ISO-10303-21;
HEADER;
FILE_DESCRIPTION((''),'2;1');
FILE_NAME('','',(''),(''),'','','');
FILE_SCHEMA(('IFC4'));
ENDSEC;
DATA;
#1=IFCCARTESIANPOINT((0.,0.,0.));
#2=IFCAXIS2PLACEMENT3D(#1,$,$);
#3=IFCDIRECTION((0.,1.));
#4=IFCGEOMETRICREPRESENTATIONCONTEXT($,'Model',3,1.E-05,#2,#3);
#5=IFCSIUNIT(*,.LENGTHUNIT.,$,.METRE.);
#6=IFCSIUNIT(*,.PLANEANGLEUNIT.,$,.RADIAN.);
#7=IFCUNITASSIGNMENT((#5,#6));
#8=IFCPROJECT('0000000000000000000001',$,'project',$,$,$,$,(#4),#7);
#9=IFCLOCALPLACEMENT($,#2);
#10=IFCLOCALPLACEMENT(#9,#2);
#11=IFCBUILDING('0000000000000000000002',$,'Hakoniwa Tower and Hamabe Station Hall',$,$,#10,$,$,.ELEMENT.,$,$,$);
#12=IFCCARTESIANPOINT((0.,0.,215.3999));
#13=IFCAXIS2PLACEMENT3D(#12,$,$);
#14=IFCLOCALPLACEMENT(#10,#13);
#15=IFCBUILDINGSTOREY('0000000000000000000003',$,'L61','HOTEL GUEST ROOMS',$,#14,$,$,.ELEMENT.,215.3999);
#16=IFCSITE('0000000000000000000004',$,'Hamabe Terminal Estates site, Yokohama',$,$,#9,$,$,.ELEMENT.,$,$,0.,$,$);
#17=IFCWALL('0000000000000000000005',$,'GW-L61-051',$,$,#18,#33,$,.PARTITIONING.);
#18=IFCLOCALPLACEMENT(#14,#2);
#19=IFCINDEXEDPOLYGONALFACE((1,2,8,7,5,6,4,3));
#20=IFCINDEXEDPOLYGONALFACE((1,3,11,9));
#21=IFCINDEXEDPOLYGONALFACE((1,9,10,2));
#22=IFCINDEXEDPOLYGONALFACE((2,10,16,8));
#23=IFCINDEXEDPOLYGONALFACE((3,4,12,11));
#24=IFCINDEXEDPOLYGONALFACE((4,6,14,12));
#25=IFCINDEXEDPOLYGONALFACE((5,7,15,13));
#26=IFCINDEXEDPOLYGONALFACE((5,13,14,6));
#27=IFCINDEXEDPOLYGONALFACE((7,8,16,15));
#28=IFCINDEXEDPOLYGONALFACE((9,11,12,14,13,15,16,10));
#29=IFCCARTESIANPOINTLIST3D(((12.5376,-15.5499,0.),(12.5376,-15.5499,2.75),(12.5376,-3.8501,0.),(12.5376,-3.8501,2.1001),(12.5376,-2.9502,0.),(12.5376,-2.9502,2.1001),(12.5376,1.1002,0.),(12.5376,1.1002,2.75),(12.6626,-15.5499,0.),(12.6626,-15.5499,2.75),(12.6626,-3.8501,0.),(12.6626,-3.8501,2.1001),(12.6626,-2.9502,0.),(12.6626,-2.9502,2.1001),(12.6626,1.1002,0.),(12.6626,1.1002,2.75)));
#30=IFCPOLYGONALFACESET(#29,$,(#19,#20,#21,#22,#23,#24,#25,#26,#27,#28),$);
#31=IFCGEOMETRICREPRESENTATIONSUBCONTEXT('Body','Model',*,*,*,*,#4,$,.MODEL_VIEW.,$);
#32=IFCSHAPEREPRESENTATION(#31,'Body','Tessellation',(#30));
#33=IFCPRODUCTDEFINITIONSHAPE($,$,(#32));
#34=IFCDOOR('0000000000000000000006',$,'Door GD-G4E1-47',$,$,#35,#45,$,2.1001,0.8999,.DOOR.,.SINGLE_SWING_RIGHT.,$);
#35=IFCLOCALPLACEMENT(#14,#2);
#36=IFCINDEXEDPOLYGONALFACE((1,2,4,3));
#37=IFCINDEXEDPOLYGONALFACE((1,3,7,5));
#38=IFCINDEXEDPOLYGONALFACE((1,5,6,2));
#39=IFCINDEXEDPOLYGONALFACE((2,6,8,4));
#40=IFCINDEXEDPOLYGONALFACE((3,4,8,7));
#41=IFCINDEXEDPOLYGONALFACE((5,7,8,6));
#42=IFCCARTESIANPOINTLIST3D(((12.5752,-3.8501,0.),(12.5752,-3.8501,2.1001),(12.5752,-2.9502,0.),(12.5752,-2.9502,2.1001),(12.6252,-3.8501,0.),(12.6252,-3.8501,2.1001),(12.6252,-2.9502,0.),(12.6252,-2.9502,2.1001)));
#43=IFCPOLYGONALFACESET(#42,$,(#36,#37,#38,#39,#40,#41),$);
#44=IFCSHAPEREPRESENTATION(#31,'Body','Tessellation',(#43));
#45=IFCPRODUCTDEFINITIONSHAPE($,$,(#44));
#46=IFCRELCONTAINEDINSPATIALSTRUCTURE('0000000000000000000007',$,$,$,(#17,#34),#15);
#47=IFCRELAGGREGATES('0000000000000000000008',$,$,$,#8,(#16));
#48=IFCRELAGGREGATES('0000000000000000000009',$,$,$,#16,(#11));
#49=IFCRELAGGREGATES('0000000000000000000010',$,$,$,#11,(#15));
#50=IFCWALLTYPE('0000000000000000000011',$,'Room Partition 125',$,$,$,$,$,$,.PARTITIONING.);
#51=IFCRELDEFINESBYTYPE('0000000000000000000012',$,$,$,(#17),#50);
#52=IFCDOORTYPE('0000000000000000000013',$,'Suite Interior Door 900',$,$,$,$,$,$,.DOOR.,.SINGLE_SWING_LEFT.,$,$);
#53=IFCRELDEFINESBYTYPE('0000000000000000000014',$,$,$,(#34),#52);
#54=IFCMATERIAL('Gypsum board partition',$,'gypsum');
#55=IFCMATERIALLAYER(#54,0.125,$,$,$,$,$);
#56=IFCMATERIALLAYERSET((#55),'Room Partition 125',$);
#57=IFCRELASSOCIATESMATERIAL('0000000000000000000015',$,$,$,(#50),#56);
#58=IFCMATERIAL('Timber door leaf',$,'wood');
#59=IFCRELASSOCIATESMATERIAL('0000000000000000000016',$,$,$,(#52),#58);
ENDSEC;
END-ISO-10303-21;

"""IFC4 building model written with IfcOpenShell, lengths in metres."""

from ifc_helpers import new_model, si_unit, direction, frame, frame_2d, origin, place, context, subcontext, project, spatial, rectangle, extrude, material, layer, layer_set, type_object, element, fill, save


model = new_model("IFC4")

# Units and contexts
model_context = context("Model", 3, precision=1e-05, world=origin(), true_north=direction((0.0, 1.0)))
body_context = subcontext(model_context, "Body", "Model", "MODEL_VIEW")
ifc_project = project(units=[si_unit("LENGTHUNIT", "METRE"), si_unit("PLANEANGLEUNIT", "RADIAN")], contexts=[model_context])

# Site, building, storey
site_placement = place(None, origin())
site = spatial("IfcSite", under=ifc_project, at=site_placement, Name="Hamabe Terminal Estates site, Yokohama", CompositionType="ELEMENT", RefElevation=0.0)
building_placement = place(site_placement, origin())
building = spatial("IfcBuilding", under=site, at=building_placement, Name="Hakoniwa Tower and Hamabe Station Hall", CompositionType="ELEMENT")
storey_placement = place(building_placement, frame((0.0, 0.0, 215.3999)))
storey = spatial("IfcBuildingStorey", under=building, at=storey_placement, Name="L61", Description="HOTEL GUEST ROOMS", CompositionType="ELEMENT", Elevation=215.3999)

# Wall, opening, door
ifc_material_1 = material(Name="Gypsum board partition", Category="gypsum")
ifc_layer_1 = layer(ifc_material_1, 0.125)
ifc_layer_set_1 = layer_set([ifc_layer_1], Name="Room Partition 125")
wall_type_1 = type_object("IfcWallType", Name="Room Partition 125", PredefinedType="PARTITIONING", material=ifc_layer_set_1)
wall_1_placement = place(storey_placement, frame((12.6001, -15.55, 0.0), z_axis=(0.0, 0.0, 1.0), x_axis=(0.0, 1.0, 0.0)))
wall_1 = element("IfcWall", 1, at=wall_1_placement, inside=storey, type_object=wall_type_1, Name="GW-L61-051", PredefinedType="PARTITIONING", context=body_context, shape_type="SweptSolid", body=[
    extrude(rectangle(XDim=16.6501, YDim=0.125, at=frame_2d((8.3252, 0.0))), origin(), (0.0, 0.0, 1.0), 2.75),
])
opening_1_placement = place(wall_1_placement, frame((11.7, 0.0, 0.0)))
opening_1 = element("IfcOpeningElement", 2, at=opening_1_placement, cuts=wall_1, PredefinedType="OPENING", context=body_context, shape_type="SweptSolid", body=[
    extrude(rectangle(XDim=0.8999, YDim=2.1001, at=frame_2d((0.45, 1.05))), frame((0.0, 0.0725, 0.0), z_axis=(0.0, -1.0, 0.0), x_axis=(1.0, 0.0, 0.0)), (0.0, 0.0, 1.0), 0.145),
])
ifc_material_2 = material(Name="Timber door leaf", Category="wood")
door_type_1 = type_object("IfcDoorType", Name="Suite Interior Door 900", OperationType="SINGLE_SWING_LEFT", PredefinedType="DOOR", material=ifc_material_2)
door_1_placement = place(opening_1_placement, origin())
door_1 = element("IfcDoor", 3, at=door_1_placement, inside=storey, type_object=door_type_1, Name="Door GD-G4E1-47", OperationType="SINGLE_SWING_RIGHT", OverallHeight=2.1001, OverallWidth=0.8999, PredefinedType="DOOR", context=body_context, shape_type="SweptSolid", body=[
    extrude(rectangle(XDim=0.8999, YDim=2.1001, at=frame_2d((0.45, 1.05))), frame((0.0, 0.0249, 0.0), z_axis=(0.0, -1.0, 0.0), x_axis=(1.0, 0.0, 0.0)), (0.0, 0.0, 1.0), 0.05),
])
fill(opening_1, door_1)

save(model, "model.ifc")
